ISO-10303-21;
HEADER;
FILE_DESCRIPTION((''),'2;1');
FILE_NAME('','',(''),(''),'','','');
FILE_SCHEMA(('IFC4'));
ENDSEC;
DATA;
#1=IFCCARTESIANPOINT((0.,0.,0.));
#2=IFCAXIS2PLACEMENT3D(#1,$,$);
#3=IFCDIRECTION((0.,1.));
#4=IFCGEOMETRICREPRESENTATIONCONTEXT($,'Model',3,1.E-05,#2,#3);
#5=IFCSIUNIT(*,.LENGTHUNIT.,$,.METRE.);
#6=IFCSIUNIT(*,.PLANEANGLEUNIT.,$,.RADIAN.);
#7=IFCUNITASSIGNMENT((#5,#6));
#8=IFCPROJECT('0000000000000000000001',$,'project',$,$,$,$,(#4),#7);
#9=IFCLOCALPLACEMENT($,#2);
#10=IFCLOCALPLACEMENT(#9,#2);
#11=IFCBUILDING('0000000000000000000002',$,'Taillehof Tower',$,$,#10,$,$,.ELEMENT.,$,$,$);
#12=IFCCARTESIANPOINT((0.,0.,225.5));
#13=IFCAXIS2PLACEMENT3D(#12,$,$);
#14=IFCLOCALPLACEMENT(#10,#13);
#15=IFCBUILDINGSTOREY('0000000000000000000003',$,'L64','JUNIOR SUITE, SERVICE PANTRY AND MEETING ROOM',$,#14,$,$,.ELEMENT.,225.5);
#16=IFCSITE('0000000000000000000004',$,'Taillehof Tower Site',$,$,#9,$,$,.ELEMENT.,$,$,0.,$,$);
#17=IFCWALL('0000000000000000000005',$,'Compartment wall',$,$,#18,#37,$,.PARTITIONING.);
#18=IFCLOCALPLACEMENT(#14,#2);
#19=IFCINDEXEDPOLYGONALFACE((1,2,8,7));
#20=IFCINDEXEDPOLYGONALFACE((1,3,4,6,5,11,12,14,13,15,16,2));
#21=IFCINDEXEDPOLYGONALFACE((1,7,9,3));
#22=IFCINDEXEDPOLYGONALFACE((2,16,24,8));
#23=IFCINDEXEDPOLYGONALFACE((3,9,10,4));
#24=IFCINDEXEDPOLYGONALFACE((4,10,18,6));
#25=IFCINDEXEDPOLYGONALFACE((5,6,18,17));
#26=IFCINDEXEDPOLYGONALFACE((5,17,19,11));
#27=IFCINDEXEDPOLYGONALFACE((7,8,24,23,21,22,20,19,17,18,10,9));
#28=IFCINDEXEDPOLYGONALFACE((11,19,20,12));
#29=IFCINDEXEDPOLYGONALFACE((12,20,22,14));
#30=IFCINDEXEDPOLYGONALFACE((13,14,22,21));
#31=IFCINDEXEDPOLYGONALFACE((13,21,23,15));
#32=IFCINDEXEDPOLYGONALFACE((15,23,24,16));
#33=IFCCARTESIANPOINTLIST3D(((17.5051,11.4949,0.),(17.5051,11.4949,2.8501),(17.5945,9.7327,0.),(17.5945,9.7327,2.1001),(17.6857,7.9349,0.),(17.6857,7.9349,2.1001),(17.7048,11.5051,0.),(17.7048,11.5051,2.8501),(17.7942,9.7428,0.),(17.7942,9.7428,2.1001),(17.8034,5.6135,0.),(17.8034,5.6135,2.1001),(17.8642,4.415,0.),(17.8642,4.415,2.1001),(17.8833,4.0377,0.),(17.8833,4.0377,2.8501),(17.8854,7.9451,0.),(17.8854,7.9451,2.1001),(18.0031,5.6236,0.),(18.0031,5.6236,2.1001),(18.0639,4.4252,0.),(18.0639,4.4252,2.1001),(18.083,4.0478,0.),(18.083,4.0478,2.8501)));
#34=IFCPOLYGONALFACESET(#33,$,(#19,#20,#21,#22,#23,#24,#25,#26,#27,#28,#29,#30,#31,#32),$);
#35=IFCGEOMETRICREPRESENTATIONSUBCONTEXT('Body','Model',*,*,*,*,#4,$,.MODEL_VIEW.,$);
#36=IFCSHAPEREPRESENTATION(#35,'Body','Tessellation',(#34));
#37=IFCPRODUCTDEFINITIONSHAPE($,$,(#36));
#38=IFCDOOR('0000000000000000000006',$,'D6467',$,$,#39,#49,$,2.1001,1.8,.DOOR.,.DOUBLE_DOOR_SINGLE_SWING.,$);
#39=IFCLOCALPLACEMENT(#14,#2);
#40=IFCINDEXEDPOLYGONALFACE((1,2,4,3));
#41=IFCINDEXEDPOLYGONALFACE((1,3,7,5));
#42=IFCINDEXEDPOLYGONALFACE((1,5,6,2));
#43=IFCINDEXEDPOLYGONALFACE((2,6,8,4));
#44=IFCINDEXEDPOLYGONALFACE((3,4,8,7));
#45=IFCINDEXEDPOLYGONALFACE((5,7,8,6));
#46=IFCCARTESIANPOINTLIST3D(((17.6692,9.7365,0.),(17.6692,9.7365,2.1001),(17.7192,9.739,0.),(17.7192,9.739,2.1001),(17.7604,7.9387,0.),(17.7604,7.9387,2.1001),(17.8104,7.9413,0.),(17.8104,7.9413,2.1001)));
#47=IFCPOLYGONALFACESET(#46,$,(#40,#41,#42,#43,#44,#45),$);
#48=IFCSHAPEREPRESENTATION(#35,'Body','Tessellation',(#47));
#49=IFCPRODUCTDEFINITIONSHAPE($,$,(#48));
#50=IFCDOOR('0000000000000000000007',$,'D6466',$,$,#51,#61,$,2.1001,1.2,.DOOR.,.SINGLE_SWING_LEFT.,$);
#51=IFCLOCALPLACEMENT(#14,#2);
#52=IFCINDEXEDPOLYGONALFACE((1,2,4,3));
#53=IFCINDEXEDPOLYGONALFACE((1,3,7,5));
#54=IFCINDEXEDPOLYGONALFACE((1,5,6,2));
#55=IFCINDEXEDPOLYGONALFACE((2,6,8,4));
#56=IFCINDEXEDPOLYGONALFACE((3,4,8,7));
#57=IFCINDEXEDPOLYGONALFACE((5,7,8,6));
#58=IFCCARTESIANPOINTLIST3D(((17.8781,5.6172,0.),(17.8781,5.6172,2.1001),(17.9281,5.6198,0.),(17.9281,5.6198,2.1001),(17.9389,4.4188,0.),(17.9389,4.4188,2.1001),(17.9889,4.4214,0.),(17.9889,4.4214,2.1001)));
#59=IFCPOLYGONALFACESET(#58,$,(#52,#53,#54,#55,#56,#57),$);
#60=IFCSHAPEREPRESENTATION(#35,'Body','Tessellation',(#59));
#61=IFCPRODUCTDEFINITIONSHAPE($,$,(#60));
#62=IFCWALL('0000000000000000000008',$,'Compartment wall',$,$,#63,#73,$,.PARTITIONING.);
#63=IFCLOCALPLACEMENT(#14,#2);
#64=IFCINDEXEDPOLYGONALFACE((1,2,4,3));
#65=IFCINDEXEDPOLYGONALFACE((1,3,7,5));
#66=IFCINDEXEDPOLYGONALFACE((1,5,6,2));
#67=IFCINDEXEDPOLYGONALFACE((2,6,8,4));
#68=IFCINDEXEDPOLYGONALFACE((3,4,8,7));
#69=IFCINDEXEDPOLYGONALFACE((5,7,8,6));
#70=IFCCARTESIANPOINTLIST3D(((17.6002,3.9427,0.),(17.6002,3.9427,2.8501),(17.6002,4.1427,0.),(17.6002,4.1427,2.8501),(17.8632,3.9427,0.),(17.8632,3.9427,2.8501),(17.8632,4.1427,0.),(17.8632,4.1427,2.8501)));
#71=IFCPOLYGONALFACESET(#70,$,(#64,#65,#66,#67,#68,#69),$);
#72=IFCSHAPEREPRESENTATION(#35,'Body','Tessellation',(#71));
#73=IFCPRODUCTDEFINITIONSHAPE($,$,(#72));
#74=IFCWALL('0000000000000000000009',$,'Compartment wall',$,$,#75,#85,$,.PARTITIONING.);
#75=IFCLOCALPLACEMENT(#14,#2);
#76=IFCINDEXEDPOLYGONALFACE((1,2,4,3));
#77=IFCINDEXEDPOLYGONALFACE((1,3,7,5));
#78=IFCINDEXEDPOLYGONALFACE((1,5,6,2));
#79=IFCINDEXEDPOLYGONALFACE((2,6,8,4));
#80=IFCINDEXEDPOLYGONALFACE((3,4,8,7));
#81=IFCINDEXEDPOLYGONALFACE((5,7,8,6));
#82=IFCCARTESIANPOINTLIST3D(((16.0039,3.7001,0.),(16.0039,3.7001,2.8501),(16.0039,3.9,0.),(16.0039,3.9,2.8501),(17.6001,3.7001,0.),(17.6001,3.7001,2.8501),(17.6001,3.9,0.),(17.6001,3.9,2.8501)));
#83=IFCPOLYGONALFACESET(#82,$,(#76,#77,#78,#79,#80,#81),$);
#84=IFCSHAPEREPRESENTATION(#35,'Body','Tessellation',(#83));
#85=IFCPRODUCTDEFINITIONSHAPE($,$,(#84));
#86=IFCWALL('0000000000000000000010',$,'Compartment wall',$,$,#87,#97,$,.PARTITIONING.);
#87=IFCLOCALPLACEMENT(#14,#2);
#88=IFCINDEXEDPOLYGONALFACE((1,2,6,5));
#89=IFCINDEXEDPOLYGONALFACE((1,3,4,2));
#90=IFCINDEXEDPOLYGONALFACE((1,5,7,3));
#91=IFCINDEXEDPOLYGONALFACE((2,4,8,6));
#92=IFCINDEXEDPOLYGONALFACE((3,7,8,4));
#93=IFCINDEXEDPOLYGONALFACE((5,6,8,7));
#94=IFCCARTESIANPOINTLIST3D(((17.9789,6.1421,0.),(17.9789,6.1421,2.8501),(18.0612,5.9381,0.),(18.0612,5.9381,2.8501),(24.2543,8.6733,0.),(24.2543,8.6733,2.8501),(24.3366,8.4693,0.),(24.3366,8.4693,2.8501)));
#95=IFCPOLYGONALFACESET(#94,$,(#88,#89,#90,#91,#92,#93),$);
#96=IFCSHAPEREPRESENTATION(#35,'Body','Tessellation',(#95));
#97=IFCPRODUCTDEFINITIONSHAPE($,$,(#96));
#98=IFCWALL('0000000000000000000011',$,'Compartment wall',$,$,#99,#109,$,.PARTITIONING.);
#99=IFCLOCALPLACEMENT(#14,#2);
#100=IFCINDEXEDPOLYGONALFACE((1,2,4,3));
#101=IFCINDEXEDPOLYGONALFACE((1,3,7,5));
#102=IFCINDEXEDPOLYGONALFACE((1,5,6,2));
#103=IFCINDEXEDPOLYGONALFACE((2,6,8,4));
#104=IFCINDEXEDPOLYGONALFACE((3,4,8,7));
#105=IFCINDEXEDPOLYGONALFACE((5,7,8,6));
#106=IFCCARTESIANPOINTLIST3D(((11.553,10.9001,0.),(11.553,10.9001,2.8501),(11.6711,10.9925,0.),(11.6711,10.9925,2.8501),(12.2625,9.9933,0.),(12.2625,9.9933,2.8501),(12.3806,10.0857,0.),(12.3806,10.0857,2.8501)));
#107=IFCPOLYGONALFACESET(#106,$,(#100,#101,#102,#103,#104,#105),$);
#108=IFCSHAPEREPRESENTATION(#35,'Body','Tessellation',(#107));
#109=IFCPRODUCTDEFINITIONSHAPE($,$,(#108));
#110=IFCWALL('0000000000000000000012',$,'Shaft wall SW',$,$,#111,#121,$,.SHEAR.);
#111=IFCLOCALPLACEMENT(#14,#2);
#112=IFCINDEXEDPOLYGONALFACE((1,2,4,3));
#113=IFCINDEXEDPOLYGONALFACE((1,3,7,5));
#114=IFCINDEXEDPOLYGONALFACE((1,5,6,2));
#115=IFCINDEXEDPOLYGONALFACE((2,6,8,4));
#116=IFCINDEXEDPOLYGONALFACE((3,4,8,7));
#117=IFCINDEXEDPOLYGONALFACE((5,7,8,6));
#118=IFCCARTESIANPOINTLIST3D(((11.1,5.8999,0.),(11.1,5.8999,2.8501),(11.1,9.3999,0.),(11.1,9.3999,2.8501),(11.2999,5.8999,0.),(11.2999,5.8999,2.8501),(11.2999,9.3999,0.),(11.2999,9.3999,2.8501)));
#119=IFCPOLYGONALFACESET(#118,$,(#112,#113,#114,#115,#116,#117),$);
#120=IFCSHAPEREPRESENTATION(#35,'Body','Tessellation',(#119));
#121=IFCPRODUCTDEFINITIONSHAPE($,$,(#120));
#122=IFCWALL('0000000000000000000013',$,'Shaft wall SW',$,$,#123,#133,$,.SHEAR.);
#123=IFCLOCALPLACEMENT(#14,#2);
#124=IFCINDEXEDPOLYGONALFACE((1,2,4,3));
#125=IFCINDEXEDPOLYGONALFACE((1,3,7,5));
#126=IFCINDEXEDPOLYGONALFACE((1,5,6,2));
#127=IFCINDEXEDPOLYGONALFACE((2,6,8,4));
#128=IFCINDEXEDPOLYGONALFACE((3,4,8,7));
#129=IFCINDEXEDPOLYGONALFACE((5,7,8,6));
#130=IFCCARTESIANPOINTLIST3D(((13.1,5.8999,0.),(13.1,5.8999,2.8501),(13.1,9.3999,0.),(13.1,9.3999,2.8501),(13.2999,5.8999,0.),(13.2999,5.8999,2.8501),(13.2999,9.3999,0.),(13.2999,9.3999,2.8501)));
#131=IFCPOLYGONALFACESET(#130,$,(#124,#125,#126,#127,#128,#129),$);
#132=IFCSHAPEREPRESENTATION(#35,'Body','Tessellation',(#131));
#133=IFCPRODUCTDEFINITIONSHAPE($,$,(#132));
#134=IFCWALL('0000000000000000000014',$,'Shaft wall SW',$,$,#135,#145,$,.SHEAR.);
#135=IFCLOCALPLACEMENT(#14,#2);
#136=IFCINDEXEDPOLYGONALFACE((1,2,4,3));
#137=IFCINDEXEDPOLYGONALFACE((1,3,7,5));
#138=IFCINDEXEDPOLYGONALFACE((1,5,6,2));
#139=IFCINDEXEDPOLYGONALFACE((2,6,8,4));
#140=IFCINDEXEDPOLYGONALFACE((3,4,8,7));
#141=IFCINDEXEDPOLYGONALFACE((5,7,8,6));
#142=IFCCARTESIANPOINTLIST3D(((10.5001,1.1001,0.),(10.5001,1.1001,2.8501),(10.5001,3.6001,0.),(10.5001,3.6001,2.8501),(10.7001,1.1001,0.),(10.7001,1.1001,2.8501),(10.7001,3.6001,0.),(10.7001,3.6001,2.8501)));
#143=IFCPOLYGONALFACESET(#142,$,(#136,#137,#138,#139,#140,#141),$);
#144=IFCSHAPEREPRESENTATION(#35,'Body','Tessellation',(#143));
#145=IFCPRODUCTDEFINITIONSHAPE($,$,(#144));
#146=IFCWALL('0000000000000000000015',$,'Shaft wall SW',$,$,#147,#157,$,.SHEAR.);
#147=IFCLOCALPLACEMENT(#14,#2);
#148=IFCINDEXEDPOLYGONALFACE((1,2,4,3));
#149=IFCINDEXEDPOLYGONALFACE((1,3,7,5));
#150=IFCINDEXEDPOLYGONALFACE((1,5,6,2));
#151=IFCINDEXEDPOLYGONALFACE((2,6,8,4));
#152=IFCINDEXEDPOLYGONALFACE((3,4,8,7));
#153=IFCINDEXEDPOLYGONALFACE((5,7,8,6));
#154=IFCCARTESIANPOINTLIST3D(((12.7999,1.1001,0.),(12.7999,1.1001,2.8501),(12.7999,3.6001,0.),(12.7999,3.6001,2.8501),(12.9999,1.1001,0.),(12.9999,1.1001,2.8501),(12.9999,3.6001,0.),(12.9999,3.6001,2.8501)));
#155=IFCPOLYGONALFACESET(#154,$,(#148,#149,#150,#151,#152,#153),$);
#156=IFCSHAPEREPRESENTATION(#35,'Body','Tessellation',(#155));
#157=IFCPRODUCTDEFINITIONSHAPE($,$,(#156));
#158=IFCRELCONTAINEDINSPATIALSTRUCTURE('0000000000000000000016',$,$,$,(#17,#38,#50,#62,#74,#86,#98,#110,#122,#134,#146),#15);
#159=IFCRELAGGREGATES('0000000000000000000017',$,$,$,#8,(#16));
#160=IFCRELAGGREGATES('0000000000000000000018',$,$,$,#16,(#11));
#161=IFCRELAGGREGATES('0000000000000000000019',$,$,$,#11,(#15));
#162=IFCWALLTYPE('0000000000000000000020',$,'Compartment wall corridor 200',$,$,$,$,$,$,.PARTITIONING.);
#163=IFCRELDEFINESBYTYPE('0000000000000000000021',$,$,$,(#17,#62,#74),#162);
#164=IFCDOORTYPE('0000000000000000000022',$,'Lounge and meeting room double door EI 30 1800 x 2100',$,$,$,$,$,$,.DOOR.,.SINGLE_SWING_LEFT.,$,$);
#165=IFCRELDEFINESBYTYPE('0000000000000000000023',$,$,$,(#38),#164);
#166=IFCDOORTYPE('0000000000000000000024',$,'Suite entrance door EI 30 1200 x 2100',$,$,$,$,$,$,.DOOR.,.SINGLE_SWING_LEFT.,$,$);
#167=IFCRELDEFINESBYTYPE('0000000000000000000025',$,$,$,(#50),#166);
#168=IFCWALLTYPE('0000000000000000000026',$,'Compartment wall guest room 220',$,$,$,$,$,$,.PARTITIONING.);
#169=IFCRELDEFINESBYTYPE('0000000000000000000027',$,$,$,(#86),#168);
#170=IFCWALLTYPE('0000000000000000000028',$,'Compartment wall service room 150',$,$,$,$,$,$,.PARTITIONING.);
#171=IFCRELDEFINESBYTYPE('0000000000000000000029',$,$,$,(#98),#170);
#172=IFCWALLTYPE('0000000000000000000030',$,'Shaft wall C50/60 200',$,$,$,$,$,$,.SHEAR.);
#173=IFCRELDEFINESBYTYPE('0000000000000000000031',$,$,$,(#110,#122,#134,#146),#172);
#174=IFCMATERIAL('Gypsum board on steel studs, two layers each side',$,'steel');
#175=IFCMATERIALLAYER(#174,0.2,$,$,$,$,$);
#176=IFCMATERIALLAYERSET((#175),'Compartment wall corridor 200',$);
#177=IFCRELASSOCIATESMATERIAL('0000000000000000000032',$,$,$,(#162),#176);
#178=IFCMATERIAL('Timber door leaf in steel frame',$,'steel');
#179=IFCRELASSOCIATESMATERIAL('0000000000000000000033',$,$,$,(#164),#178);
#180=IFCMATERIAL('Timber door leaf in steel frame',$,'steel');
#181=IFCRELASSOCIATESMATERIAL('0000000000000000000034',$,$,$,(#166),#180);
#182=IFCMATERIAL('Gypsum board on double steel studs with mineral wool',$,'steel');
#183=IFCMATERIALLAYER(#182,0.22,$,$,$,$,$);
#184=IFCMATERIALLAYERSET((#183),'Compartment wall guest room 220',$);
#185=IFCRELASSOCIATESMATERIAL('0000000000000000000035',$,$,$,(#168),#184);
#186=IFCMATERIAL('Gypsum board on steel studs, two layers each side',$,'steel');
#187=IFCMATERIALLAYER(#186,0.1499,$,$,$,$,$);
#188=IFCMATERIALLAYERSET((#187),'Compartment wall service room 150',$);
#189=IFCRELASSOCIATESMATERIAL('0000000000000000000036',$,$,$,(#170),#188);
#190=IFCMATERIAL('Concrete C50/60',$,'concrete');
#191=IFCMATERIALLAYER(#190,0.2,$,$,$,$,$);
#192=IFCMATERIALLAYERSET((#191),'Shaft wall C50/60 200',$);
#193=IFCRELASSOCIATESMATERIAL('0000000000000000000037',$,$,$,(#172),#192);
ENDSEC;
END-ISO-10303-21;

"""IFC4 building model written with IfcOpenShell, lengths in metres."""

from ifc_helpers import new_model, si_unit, direction, frame, frame_2d, origin, place, context, subcontext, project, spatial, rectangle, extrude, material, layer, layer_set, type_object, element, fill, save


model = new_model("IFC4")

# Units and contexts
model_context = context("Model", 3, precision=1e-05, world=origin(), true_north=direction((0.0, 1.0)))
body_context = subcontext(model_context, "Body", "Model", "MODEL_VIEW")
ifc_project = project(units=[si_unit("LENGTHUNIT", "METRE"), si_unit("PLANEANGLEUNIT", "RADIAN")], contexts=[model_context])

# Site, building, storey
site_placement = place(None, origin())
site = spatial("IfcSite", under=ifc_project, at=site_placement, Name="Taillehof Tower Site", CompositionType="ELEMENT", RefElevation=0.0)
building_placement = place(site_placement, origin())
building = spatial("IfcBuilding", under=site, at=building_placement, Name="Taillehof Tower", CompositionType="ELEMENT")
storey_placement = place(building_placement, frame((0.0, 0.0, 225.5)))
storey = spatial("IfcBuildingStorey", under=building, at=storey_placement, Name="L64", Description="JUNIOR SUITE, SERVICE PANTRY AND MEETING ROOM", CompositionType="ELEMENT", Elevation=225.5)

# Wall, openings, doors
ifc_material_1 = material(Name="Gypsum board on steel studs, two layers each side", Category="steel")
ifc_layer_1 = layer(ifc_material_1, 0.2)
ifc_layer_set_1 = layer_set([ifc_layer_1], Name="Compartment wall corridor 200")
wall_type_1 = type_object("IfcWallType", Name="Compartment wall corridor 200", PredefinedType="PARTITIONING", material=ifc_layer_set_1)
wall_1_placement = place(storey_placement, frame((17.605, 11.5, 0.0), z_axis=(0.0, 0.0, 1.0), x_axis=(0.050647, -0.998717, 0.0)))
wall_1 = element("IfcWall", 1, at=wall_1_placement, inside=storey, type_object=wall_type_1, Name="Compartment wall", PredefinedType="PARTITIONING", context=body_context, shape_type="SweptSolid", body=[
    extrude(rectangle(XDim=7.4668, YDim=0.2, at=frame_2d((3.7334, 0.0))), origin(), (0.0, 0.0, 1.0), 2.8501),
])
opening_1_placement = place(wall_1_placement, frame((5.8889, 0.0, 0.0)))
opening_1 = element("IfcOpeningElement", 2, at=opening_1_placement, cuts=wall_1, PredefinedType="OPENING", context=body_context, shape_type="SweptSolid", body=[
    extrude(rectangle(XDim=1.2, YDim=2.1001, at=frame_2d((0.6001, 1.05))), frame((0.0, 0.1099, 0.0), z_axis=(0.0, -1.0, 0.0), x_axis=(1.0, 0.0, 0.0)), (0.0, 0.0, 1.0), 0.22),
])
opening_2_placement = place(wall_1_placement, frame((1.7646, 0.0, 0.0)))
opening_2 = element("IfcOpeningElement", 3, at=opening_2_placement, cuts=wall_1, PredefinedType="OPENING", context=body_context, shape_type="SweptSolid", body=[
    extrude(rectangle(XDim=1.8, YDim=2.1001, at=frame_2d((0.8999, 1.05))), frame((0.0, 0.1099, 0.0), z_axis=(0.0, -1.0, 0.0), x_axis=(1.0, 0.0, 0.0)), (0.0, 0.0, 1.0), 0.22),
])
ifc_material_2 = material(Name="Timber door leaf in steel frame", Category="steel")
door_type_1 = type_object("IfcDoorType", Name="Lounge and meeting room double door EI 30 1800 x 2100", OperationType="SINGLE_SWING_LEFT", PredefinedType="DOOR", material=ifc_material_2)
door_1_placement = place(opening_2_placement, origin())
door_1 = element("IfcDoor", 4, at=door_1_placement, inside=storey, type_object=door_type_1, Name="D6467", OperationType="DOUBLE_DOOR_SINGLE_SWING", OverallHeight=2.1001, OverallWidth=1.8, PredefinedType="DOOR", context=body_context, shape_type="SweptSolid", body=[
    extrude(rectangle(XDim=1.8, YDim=2.1001, at=frame_2d((0.8999, 1.05))), frame((0.0, 0.0249, 0.0), z_axis=(0.0, -1.0, 0.0), x_axis=(1.0, 0.0, 0.0)), (0.0, 0.0, 1.0), 0.05),
])
fill(opening_2, door_1)
ifc_material_3 = material(Name="Timber door leaf in steel frame", Category="steel")
door_type_2 = type_object("IfcDoorType", Name="Suite entrance door EI 30 1200 x 2100", OperationType="SINGLE_SWING_LEFT", PredefinedType="DOOR", material=ifc_material_3)
door_2_placement = place(opening_1_placement, origin())
door_2 = element("IfcDoor", 5, at=door_2_placement, inside=storey, type_object=door_type_2, Name="D6466", OperationType="SINGLE_SWING_LEFT", OverallHeight=2.1001, OverallWidth=1.2, PredefinedType="DOOR", context=body_context, shape_type="SweptSolid", body=[
    extrude(rectangle(XDim=1.2, YDim=2.1001, at=frame_2d((0.6001, 1.05))), frame((0.0, 0.0249, 0.0), z_axis=(0.0, -1.0, 0.0), x_axis=(1.0, 0.0, 0.0)), (0.0, 0.0, 1.0), 0.05),
])
fill(opening_1, door_2)

# Walls
wall_2_placement = place(storey_placement, frame((17.863, 4.0427, 0.0), z_axis=(0.0, 0.0, 1.0), x_axis=(-1.0, 0.0, 0.0)))
element("IfcWall", 6, at=wall_2_placement, inside=storey, type_object=wall_type_1, Name="Compartment wall", PredefinedType="PARTITIONING", context=body_context, shape_type="SweptSolid", body=[
    extrude(rectangle(XDim=0.2629, YDim=0.2, at=frame_2d((0.1313, 0.0))), origin(), (0.0, 0.0, 1.0), 2.8501),
])
wall_3_placement = place(storey_placement, frame((17.6001, 3.8, 0.0), z_axis=(0.0, 0.0, 1.0), x_axis=(-1.0, 0.0, 0.0)))
element("IfcWall", 7, at=wall_3_placement, inside=storey, type_object=wall_type_1, Name="Compartment wall", PredefinedType="PARTITIONING", context=body_context, shape_type="SweptSolid", body=[
    extrude(rectangle(XDim=1.5962, YDim=0.2, at=frame_2d((0.7981, 0.0))), origin(), (0.0, 0.0, 1.0), 2.8501),
])
ifc_material_4 = material(Name="Gypsum board on double steel studs with mineral wool", Category="steel")
ifc_layer_2 = layer(ifc_material_4, 0.22)
ifc_layer_set_2 = layer_set([ifc_layer_2], Name="Compartment wall guest room 220")
wall_type_2 = type_object("IfcWallType", Name="Compartment wall guest room 220", PredefinedType="PARTITIONING", material=ifc_layer_set_2)
wall_4_placement = place(storey_placement, frame((24.2954, 8.5713, 0.0), z_axis=(0.0, 0.0, 1.0), x_axis=(-0.927398, -0.374076, 0.0)))
element("IfcWall", 8, at=wall_4_placement, inside=storey, type_object=wall_type_2, Name="Compartment wall", PredefinedType="PARTITIONING", context=body_context, shape_type="SweptSolid", body=[
    extrude(rectangle(XDim=6.7666, YDim=0.22, at=frame_2d((3.3833, 0.0))), origin(), (0.0, 0.0, 1.0), 2.8501),
])
ifc_material_5 = material(Name="Gypsum board on steel studs, two layers each side", Category="steel")
ifc_layer_3 = layer(ifc_material_5, 0.1499)
ifc_layer_set_3 = layer_set([ifc_layer_3], Name="Compartment wall service room 150")
wall_type_3 = type_object("IfcWallType", Name="Compartment wall service room 150", PredefinedType="PARTITIONING", material=ifc_layer_set_3)
wall_5_placement = place(storey_placement, frame((11.6121, 10.9463, 0.0), z_axis=(0.0, 0.0, 1.0), x_axis=(0.616228, -0.787568, 0.0)))
element("IfcWall", 9, at=wall_5_placement, inside=storey, type_object=wall_type_3, Name="Compartment wall", PredefinedType="PARTITIONING", context=body_context, shape_type="SweptSolid", body=[
    extrude(rectangle(XDim=1.1514, YDim=0.1499, at=frame_2d((0.5757, 0.0))), origin(), (0.0, 0.0, 1.0), 2.8501),
])
ifc_material_6 = material(Name="Concrete C50/60", Category="concrete")
ifc_layer_4 = layer(ifc_material_6, 0.2)
ifc_layer_set_4 = layer_set([ifc_layer_4], Name="Shaft wall C50/60 200")
wall_type_4 = type_object("IfcWallType", Name="Shaft wall C50/60 200", PredefinedType="SHEAR", material=ifc_layer_set_4)
for number, where, z_axis, x_axis, name in (
    (10, (11.2, 5.8999, 0.0), (0.0, 0.0, 1.0), (0.0, 1.0, 0.0), "Shaft wall SW"),
    (11, (13.2, 5.8999, 0.0), (0.0, 0.0, 1.0), (0.0, 1.0, 0.0), "Shaft wall SW"),
):
    element("IfcWall", number, at=place(storey_placement, frame(where, z_axis=z_axis, x_axis=x_axis)), inside=storey, type_object=wall_type_4, Name=name, PredefinedType="SHEAR", context=body_context, shape_type="SweptSolid", body=[
        extrude(rectangle(XDim=3.5, YDim=0.2, at=frame_2d((1.75, 0.0))), origin(), (0.0, 0.0, 1.0), 2.8501),
    ])
for number, where, z_axis, x_axis, name in (
    (12, (10.6001, 1.1001, 0.0), (0.0, 0.0, 1.0), (0.0, 1.0, 0.0), "Shaft wall SW"),
    (13, (12.8999, 1.1001, 0.0), (0.0, 0.0, 1.0), (0.0, 1.0, 0.0), "Shaft wall SW"),
):
    element("IfcWall", number, at=place(storey_placement, frame(where, z_axis=z_axis, x_axis=x_axis)), inside=storey, type_object=wall_type_4, Name=name, PredefinedType="SHEAR", context=body_context, shape_type="SweptSolid", body=[
        extrude(rectangle(XDim=2.5, YDim=0.2, at=frame_2d((1.25, 0.0))), origin(), (0.0, 0.0, 1.0), 2.8501),
    ])

save(model, "model.ifc")
